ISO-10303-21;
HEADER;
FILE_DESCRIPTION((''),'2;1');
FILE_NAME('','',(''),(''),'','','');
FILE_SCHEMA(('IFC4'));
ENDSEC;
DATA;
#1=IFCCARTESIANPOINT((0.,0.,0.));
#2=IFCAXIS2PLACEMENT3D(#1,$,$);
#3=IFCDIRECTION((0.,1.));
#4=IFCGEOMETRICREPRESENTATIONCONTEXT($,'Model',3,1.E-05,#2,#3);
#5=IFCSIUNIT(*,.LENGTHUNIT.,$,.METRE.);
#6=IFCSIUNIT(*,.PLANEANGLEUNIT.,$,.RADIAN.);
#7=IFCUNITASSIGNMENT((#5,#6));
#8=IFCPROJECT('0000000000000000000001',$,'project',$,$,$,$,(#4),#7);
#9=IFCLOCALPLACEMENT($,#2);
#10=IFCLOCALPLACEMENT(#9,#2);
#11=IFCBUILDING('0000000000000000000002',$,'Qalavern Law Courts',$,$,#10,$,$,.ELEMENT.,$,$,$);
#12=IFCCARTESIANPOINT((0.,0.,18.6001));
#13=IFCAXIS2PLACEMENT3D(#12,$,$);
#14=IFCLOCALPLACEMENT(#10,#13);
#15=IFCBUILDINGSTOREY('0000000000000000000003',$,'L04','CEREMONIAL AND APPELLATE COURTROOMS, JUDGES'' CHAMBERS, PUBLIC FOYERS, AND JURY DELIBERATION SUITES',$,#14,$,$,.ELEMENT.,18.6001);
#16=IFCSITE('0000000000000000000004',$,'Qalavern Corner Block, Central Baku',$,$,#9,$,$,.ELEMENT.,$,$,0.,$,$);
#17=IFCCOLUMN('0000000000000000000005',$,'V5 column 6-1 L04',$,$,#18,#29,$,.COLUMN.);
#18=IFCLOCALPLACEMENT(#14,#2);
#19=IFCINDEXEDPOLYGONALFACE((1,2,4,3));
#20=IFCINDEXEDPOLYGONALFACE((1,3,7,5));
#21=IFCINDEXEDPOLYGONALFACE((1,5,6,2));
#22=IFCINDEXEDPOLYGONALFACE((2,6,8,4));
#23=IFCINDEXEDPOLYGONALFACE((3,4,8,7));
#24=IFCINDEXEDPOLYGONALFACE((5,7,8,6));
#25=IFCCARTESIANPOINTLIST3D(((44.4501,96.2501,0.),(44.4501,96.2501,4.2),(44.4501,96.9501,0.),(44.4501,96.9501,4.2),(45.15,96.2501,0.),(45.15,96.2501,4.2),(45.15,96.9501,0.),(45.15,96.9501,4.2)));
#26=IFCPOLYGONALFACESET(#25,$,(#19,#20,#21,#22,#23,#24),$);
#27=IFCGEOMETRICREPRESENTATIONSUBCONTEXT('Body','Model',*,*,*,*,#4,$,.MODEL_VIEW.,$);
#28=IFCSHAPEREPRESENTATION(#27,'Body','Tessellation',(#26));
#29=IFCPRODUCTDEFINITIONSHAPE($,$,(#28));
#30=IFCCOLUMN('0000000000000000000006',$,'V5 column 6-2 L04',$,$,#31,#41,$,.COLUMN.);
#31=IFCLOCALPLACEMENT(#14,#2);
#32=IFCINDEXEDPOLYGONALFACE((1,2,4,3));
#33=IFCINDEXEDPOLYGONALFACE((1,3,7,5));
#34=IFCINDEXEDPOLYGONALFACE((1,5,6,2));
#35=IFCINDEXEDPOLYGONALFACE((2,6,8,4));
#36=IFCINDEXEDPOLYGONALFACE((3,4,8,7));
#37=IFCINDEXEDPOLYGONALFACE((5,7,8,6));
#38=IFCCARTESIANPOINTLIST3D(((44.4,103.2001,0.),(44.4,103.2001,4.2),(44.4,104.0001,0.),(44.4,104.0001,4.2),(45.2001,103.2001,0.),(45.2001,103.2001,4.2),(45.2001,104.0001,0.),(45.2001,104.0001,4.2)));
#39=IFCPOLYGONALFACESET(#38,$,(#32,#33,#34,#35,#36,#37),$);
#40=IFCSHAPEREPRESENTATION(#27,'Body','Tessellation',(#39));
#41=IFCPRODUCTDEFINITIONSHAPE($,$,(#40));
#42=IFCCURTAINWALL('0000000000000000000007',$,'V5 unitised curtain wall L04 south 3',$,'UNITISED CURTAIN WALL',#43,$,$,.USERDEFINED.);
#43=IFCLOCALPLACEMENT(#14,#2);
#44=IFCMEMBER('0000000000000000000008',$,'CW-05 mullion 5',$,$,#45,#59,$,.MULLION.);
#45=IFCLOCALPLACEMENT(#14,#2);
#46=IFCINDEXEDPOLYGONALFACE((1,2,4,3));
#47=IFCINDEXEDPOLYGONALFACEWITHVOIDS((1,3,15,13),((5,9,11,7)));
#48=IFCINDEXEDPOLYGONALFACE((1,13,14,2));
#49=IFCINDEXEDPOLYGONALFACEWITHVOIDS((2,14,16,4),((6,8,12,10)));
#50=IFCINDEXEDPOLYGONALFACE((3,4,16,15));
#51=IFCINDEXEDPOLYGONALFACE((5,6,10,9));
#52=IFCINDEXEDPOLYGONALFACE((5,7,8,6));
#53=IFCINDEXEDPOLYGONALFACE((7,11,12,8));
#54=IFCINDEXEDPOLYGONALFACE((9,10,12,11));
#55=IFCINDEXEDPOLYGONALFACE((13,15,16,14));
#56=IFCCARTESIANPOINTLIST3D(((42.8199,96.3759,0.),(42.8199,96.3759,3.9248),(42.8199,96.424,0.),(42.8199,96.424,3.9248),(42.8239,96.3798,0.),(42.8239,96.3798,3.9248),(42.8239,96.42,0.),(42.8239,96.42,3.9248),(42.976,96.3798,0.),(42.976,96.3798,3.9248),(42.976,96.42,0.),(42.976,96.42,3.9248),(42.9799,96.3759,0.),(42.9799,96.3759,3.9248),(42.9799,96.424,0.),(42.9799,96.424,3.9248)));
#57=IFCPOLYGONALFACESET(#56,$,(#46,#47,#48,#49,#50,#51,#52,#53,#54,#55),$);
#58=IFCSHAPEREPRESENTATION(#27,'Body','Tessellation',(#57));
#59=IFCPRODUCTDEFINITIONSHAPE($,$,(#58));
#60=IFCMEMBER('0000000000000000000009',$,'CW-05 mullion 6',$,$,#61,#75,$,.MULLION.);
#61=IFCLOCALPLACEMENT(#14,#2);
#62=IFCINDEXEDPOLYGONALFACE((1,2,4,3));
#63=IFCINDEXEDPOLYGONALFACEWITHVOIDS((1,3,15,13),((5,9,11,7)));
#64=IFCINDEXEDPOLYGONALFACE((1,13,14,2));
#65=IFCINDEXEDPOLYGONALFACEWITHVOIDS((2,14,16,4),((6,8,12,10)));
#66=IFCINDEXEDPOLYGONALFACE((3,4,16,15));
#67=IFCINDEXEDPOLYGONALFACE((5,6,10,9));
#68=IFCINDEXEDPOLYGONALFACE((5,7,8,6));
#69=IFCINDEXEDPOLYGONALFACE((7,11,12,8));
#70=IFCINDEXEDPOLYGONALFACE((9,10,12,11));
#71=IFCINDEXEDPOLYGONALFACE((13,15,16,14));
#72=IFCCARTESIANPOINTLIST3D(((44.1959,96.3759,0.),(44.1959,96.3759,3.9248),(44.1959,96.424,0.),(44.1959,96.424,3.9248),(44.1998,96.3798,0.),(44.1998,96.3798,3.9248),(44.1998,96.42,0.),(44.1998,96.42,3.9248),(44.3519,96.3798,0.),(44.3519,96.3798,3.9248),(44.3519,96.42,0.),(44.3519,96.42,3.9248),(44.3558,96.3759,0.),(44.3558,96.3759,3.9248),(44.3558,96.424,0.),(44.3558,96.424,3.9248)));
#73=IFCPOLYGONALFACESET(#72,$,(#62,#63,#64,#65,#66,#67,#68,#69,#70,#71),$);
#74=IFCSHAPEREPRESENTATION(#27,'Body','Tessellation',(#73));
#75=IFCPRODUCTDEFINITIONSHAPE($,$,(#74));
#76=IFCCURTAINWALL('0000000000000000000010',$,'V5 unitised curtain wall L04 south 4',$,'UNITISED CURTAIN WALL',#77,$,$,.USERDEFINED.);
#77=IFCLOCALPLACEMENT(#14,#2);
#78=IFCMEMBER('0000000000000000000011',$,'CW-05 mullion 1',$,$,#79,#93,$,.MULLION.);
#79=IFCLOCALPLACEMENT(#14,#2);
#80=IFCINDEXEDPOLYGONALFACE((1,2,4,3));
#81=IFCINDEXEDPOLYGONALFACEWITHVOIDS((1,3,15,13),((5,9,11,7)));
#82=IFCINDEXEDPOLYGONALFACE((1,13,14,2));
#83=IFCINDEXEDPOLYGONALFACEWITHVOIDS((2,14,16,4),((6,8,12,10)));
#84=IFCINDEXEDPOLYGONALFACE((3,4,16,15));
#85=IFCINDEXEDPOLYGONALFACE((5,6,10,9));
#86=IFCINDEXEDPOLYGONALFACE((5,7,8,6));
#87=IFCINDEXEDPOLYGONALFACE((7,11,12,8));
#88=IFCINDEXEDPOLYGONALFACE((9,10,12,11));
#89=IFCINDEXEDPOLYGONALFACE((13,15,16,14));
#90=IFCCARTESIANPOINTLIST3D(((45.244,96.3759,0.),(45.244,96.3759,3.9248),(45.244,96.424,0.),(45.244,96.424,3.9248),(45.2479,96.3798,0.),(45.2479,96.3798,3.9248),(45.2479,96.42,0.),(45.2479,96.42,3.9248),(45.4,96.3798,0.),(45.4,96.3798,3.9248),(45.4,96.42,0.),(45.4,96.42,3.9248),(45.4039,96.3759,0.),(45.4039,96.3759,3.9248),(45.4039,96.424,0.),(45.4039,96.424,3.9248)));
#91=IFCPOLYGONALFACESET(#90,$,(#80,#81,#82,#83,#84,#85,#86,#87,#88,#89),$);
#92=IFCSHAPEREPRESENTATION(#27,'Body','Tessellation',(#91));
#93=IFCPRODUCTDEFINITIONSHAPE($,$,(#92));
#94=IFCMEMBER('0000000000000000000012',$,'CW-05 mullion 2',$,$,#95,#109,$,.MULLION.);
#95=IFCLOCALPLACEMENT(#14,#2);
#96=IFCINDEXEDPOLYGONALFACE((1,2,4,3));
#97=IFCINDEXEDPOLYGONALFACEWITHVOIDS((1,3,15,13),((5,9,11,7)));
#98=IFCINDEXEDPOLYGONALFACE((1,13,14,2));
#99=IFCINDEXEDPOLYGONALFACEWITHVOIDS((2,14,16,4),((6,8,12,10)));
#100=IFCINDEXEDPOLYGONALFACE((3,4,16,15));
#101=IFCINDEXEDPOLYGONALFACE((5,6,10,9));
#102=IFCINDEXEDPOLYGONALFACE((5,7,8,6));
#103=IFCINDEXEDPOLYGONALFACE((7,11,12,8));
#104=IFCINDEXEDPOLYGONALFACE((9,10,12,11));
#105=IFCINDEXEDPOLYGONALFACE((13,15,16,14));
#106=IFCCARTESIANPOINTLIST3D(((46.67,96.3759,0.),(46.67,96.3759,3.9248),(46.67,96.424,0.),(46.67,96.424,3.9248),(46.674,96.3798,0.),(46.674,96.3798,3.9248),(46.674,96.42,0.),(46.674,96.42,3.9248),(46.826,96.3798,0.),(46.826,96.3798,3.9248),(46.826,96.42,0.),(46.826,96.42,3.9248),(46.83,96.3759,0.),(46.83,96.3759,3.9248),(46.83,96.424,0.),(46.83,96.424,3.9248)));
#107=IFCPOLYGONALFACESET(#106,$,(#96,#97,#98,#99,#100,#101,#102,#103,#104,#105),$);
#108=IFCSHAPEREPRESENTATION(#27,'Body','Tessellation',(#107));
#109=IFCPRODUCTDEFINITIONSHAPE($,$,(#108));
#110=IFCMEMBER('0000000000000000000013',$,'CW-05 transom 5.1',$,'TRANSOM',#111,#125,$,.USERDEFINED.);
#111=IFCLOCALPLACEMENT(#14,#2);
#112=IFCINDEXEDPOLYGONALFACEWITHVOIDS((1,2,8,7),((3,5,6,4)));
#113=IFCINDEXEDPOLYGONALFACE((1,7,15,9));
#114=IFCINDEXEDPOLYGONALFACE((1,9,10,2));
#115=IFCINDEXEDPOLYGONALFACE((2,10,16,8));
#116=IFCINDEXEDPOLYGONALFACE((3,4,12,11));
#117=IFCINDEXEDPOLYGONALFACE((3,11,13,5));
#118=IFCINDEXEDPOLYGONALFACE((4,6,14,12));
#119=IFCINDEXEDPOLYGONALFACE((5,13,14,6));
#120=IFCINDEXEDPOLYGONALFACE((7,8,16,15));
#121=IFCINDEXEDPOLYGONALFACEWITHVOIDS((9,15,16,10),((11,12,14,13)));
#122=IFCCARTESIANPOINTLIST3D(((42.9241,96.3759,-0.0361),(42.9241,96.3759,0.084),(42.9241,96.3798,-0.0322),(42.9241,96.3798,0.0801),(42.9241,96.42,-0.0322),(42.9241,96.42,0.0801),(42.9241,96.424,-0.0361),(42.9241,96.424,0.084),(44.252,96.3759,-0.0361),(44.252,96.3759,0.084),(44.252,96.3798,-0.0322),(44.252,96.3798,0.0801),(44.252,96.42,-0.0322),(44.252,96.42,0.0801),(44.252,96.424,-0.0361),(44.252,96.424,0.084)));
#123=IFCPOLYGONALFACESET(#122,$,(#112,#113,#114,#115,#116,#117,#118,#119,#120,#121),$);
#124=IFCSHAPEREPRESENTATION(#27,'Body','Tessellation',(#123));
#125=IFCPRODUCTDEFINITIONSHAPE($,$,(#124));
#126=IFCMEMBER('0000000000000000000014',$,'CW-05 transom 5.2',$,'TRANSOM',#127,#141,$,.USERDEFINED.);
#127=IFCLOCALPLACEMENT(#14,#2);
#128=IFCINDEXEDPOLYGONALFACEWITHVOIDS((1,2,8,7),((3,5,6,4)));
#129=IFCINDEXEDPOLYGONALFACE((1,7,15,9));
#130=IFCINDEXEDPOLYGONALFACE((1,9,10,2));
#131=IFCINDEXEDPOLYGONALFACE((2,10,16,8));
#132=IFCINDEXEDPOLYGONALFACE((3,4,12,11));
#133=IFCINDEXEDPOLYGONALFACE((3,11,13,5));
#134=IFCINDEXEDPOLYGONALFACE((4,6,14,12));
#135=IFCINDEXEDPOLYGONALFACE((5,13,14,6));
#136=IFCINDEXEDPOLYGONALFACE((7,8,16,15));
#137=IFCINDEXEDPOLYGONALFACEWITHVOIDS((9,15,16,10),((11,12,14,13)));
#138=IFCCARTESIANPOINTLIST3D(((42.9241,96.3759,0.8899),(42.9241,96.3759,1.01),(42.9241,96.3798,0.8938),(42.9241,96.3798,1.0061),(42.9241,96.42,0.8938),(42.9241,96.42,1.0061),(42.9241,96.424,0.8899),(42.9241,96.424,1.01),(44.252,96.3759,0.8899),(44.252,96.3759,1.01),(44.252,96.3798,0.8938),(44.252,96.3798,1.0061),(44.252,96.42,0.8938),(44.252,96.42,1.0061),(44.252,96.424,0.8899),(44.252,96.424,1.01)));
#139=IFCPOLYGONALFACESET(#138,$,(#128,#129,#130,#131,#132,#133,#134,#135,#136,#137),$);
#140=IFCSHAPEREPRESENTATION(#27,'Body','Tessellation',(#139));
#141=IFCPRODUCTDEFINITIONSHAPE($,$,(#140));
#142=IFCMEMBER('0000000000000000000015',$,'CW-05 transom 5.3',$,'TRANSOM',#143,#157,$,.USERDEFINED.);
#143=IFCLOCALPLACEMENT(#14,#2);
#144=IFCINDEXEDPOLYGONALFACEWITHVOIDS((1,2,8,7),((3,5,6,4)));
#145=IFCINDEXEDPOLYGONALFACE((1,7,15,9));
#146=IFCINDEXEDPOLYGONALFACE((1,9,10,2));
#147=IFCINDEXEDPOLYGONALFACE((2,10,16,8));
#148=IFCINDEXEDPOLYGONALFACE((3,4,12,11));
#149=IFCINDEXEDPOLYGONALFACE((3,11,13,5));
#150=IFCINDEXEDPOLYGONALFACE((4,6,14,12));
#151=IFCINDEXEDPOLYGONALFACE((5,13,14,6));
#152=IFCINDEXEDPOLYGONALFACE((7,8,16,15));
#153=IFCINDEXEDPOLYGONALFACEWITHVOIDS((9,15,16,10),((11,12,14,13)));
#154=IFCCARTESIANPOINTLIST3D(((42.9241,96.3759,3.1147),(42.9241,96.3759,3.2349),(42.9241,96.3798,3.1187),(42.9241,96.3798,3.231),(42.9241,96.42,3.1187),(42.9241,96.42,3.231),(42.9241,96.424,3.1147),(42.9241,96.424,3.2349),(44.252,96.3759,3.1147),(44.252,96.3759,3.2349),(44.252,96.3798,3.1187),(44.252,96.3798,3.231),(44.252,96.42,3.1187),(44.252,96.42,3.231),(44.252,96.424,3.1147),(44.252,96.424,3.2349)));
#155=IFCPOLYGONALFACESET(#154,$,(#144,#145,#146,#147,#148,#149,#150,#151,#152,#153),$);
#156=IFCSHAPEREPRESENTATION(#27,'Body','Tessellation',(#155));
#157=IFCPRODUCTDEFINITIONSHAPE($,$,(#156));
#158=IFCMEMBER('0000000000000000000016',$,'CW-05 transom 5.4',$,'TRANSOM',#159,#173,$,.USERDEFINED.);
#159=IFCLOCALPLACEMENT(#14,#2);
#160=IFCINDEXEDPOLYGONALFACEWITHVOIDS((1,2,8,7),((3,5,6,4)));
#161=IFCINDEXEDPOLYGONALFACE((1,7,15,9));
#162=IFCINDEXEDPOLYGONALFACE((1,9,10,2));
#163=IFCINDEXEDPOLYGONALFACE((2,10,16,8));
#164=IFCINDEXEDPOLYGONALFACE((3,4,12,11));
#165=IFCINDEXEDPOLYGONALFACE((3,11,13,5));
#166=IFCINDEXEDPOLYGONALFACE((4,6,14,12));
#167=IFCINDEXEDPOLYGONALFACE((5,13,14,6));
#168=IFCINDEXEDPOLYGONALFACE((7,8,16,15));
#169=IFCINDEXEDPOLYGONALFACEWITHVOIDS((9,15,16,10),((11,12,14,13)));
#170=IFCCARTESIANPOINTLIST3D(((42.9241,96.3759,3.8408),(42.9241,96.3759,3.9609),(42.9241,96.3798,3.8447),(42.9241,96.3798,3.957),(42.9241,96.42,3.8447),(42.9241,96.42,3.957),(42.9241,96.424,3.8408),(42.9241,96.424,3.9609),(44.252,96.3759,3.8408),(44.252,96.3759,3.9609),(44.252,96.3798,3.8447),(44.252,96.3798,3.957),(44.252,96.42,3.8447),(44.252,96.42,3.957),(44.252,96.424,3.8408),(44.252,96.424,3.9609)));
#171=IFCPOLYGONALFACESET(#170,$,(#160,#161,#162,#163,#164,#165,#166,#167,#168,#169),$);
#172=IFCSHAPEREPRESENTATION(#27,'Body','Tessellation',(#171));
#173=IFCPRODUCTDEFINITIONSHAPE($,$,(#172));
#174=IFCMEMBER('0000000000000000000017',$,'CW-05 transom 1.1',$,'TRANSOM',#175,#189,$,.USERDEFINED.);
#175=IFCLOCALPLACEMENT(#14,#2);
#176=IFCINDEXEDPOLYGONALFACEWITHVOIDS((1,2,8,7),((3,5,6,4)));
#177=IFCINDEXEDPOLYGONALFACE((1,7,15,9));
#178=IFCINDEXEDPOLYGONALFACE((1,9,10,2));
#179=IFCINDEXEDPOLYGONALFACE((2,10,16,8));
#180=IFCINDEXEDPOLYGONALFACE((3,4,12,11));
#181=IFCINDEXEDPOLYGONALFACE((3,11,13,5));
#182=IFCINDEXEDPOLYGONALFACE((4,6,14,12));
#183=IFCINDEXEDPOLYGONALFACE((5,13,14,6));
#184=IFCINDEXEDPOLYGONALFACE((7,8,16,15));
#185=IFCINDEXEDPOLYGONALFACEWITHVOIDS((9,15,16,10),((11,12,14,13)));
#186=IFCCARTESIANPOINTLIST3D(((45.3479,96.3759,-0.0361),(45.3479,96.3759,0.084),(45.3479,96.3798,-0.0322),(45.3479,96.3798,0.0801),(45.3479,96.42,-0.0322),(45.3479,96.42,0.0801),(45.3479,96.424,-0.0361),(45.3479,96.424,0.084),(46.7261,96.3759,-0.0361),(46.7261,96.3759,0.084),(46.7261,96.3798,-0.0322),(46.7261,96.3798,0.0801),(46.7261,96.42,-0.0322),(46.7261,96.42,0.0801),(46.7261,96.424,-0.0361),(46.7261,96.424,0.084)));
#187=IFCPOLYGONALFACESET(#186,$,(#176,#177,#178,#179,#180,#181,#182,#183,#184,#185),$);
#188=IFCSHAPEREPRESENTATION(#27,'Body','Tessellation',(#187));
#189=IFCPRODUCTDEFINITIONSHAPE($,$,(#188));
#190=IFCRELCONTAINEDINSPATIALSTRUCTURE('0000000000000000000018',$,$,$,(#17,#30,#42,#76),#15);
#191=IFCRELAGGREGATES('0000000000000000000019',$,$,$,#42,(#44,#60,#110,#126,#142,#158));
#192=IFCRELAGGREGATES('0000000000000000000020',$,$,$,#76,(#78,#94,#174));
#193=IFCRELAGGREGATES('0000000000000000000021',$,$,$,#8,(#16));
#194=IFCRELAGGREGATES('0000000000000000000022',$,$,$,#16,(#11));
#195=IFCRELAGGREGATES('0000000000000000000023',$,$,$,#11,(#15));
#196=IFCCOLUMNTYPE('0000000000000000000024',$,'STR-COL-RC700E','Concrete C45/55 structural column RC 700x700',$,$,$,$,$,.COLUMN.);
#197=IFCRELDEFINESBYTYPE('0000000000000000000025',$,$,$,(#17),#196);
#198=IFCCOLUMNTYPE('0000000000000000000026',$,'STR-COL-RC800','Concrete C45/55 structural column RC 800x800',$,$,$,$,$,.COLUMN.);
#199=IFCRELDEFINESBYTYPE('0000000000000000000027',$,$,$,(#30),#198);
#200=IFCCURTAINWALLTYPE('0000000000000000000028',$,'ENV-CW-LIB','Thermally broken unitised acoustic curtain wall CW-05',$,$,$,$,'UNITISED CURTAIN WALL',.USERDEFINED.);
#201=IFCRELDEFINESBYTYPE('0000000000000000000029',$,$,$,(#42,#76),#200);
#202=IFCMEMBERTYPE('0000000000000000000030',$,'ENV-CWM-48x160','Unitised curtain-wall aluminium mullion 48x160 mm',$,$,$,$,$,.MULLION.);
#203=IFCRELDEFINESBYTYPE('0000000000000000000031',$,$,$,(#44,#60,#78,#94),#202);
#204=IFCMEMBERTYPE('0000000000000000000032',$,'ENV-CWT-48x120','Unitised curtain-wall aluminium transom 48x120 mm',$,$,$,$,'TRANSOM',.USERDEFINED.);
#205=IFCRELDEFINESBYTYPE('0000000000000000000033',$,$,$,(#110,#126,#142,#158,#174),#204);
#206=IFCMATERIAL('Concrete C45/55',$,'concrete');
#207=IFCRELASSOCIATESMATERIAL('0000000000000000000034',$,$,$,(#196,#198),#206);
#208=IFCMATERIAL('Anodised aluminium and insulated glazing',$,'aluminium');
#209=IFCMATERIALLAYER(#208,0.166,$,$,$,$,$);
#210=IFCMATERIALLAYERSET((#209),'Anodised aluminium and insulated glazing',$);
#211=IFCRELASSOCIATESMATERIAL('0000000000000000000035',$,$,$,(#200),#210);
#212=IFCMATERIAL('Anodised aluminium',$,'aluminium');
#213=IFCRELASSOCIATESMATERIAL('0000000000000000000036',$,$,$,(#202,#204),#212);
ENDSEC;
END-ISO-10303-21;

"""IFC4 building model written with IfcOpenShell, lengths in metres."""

from ifc_helpers import new_model, si_unit, direction, frame, origin, origin_2d, place, context, subcontext, project, spatial, rectangle, hollow_rectangle, extrude, material, layer, layer_set, material_profile, profile_set, type_object, element, aggregate, save


model = new_model("IFC4")

# Units and contexts
model_context = context("Model", 3, precision=1e-05, world=origin(), true_north=direction((0.0, 1.0)))
body_context = subcontext(model_context, "Body", "Model", "MODEL_VIEW")
ifc_project = project(units=[si_unit("LENGTHUNIT", "METRE"), si_unit("PLANEANGLEUNIT", "RADIAN")], contexts=[model_context])

# Site, building, storey
site_placement = place(None, origin())
site = spatial("IfcSite", under=ifc_project, at=site_placement, Name="Qalavern Corner Block, Central Baku", CompositionType="ELEMENT", RefElevation=0.0)
building_placement = place(site_placement, origin())
building = spatial("IfcBuilding", under=site, at=building_placement, Name="Qalavern Law Courts", CompositionType="ELEMENT")
storey_placement = place(building_placement, frame((0.0, 0.0, 18.6001)))
storey = spatial("IfcBuildingStorey", under=building, at=storey_placement, Name="L04", Description="CEREMONIAL AND APPELLATE COURTROOMS, JUDGES' CHAMBERS, PUBLIC FOYERS, AND JURY DELIBERATION SUITES", CompositionType="ELEMENT", Elevation=18.6001)

# Columns
ifc_material_1 = material(Name="Concrete C45/55", Category="concrete")
ifc_material_profile_1 = material_profile(ifc_material_1, rectangle(XDim=0.7, YDim=0.7, at=origin_2d()), Name="RC 700x700")
ifc_profile_set_1 = profile_set([ifc_material_profile_1], Name="Concrete C45/55")
column_type_1 = type_object("IfcColumnType", Name="STR-COL-RC700E", Description="Concrete C45/55 structural column RC 700x700", PredefinedType="COLUMN", material=ifc_profile_set_1)
column_1_placement = place(storey_placement, frame((44.8, 96.6001, 0.0), z_axis=(0.0, 0.0, 1.0), x_axis=(1.0, 0.0, 0.0)))
element("IfcColumn", 1, at=column_1_placement, inside=storey, type_object=column_type_1, Name="V5 column 6-1 L04", PredefinedType="COLUMN", context=body_context, shape_type="SweptSolid", body=[
    extrude(rectangle(XDim=0.7, YDim=0.7, at=origin_2d()), origin(), (0.0, 0.0, 1.0), 4.2),
])
ifc_material_profile_2 = material_profile(ifc_material_1, rectangle(XDim=0.8, YDim=0.8, at=origin_2d()), Name="RC 800x800")
ifc_profile_set_2 = profile_set([ifc_material_profile_2], Name="Concrete C45/55")
column_type_2 = type_object("IfcColumnType", Name="STR-COL-RC800", Description="Concrete C45/55 structural column RC 800x800", PredefinedType="COLUMN", material=ifc_profile_set_2)
column_2_placement = place(storey_placement, frame((44.8, 103.6001, 0.0), z_axis=(0.0, 0.0, 1.0), x_axis=(1.0, 0.0, 0.0)))
element("IfcColumn", 2, at=column_2_placement, inside=storey, type_object=column_type_2, Name="V5 column 6-2 L04", PredefinedType="COLUMN", context=body_context, shape_type="SweptSolid", body=[
    extrude(rectangle(XDim=0.8, YDim=0.8, at=origin_2d()), origin(), (0.0, 0.0, 1.0), 4.2),
])

# Curtain walls, members
ifc_material_2 = material(Name="Anodised aluminium and insulated glazing", Category="aluminium")
ifc_layer_1 = layer(ifc_material_2, 0.166)
ifc_layer_set_1 = layer_set([ifc_layer_1], Name="Anodised aluminium and insulated glazing")
curtain_wall_type = type_object("IfcCurtainWallType", Name="ENV-CW-LIB", Description="Thermally broken unitised acoustic curtain wall CW-05", ElementType="UNITISED CURTAIN WALL", PredefinedType="USERDEFINED", material=ifc_layer_set_1)
curtain_wall_1_placement = place(storey_placement, origin())
curtain_wall_1 = element("IfcCurtainWall", 3, at=curtain_wall_1_placement, inside=storey, type_object=curtain_wall_type, Name="V5 unitised curtain wall L04 south 3", ObjectType="UNITISED CURTAIN WALL", PredefinedType="USERDEFINED")
ifc_material_3 = material(Name="Anodised aluminium", Category="aluminium")
ifc_material_profile_3 = material_profile(ifc_material_3, hollow_rectangle(XDim=0.0481, YDim=0.1599, WallThickness=0.0039, at=origin_2d()), Name="ALU MULLION 48x160")
ifc_profile_set_3 = profile_set([ifc_material_profile_3], Name="Anodised aluminium")
member_type_1 = type_object("IfcMemberType", Name="ENV-CWM-48x160", Description="Unitised curtain-wall aluminium mullion 48x160 mm", PredefinedType="MULLION", material=ifc_profile_set_3)
member_1_placement = place(storey_placement, frame((42.8999, 96.3999, 0.0), z_axis=(0.0, 0.0, 1.0), x_axis=(0.0, 1.0, 0.0)))
member_1 = element("IfcMember", 4, at=member_1_placement, type_object=member_type_1, Name="CW-05 mullion 5", PredefinedType="MULLION", context=body_context, shape_type="SweptSolid", body=[
    extrude(hollow_rectangle(XDim=0.0481, YDim=0.1599, WallThickness=0.0039, at=origin_2d()), origin(), (0.0, 0.0, 1.0), 3.9248),
])
member_2_placement = place(storey_placement, frame((44.2759, 96.3999, 0.0), z_axis=(0.0, 0.0, 1.0), x_axis=(0.0, 1.0, 0.0)))
member_2 = element("IfcMember", 5, at=member_2_placement, type_object=member_type_1, Name="CW-05 mullion 6", PredefinedType="MULLION", context=body_context, shape_type="SweptSolid", body=[
    extrude(hollow_rectangle(XDim=0.0481, YDim=0.1599, WallThickness=0.0039, at=origin_2d()), origin(), (0.0, 0.0, 1.0), 3.9248),
])
curtain_wall_2_placement = place(storey_placement, origin())
curtain_wall_2 = element("IfcCurtainWall", 6, at=curtain_wall_2_placement, inside=storey, type_object=curtain_wall_type, Name="V5 unitised curtain wall L04 south 4", ObjectType="UNITISED CURTAIN WALL", PredefinedType="USERDEFINED")
member_3_placement = place(storey_placement, frame((45.324, 96.3999, 0.0), z_axis=(0.0, 0.0, 1.0), x_axis=(0.0, 1.0, 0.0)))
member_3 = element("IfcMember", 7, at=member_3_placement, type_object=member_type_1, Name="CW-05 mullion 1", PredefinedType="MULLION", context=body_context, shape_type="SweptSolid", body=[
    extrude(hollow_rectangle(XDim=0.0481, YDim=0.1599, WallThickness=0.0039, at=origin_2d()), origin(), (0.0, 0.0, 1.0), 3.9248),
])
member_4_placement = place(storey_placement, frame((46.75, 96.3999, 0.0), z_axis=(0.0, 0.0, 1.0), x_axis=(0.0, 1.0, 0.0)))
member_4 = element("IfcMember", 8, at=member_4_placement, type_object=member_type_1, Name="CW-05 mullion 2", PredefinedType="MULLION", context=body_context, shape_type="SweptSolid", body=[
    extrude(hollow_rectangle(XDim=0.0481, YDim=0.1599, WallThickness=0.0039, at=origin_2d()), origin(), (0.0, 0.0, 1.0), 3.9248),
])

# Members
ifc_material_profile_4 = material_profile(ifc_material_3, hollow_rectangle(XDim=0.0481, YDim=0.1201, WallThickness=0.0039, at=origin_2d()), Name="ALU TRANSOM 48x120")
ifc_profile_set_4 = profile_set([ifc_material_profile_4], Name="Anodised aluminium")
member_type_2 = type_object("IfcMemberType", Name="ENV-CWT-48x120", Description="Unitised curtain-wall aluminium transom 48x120 mm", ElementType="TRANSOM", PredefinedType="USERDEFINED", material=ifc_profile_set_4)
member_5_placement = place(storey_placement, frame((42.9241, 96.3999, 0.0239), z_axis=(1.0, 0.0, 0.0), x_axis=(0.0, 1.0, 0.0)))
member_5 = element("IfcMember", 9, at=member_5_placement, type_object=member_type_2, Name="CW-05 transom 5.1", ObjectType="TRANSOM", PredefinedType="USERDEFINED", context=body_context, shape_type="SweptSolid", body=[
    extrude(hollow_rectangle(XDim=0.0481, YDim=0.1201, WallThickness=0.0039, at=origin_2d()), origin(), (0.0, 0.0, 1.0), 1.3279),
])
member_6_placement = place(storey_placement, frame((42.9241, 96.3999, 0.95), z_axis=(1.0, 0.0, 0.0), x_axis=(0.0, 1.0, 0.0)))
member_6 = element("IfcMember", 10, at=member_6_placement, type_object=member_type_2, Name="CW-05 transom 5.2", ObjectType="TRANSOM", PredefinedType="USERDEFINED", context=body_context, shape_type="SweptSolid", body=[
    extrude(hollow_rectangle(XDim=0.0481, YDim=0.1201, WallThickness=0.0039, at=origin_2d()), origin(), (0.0, 0.0, 1.0), 1.3279),
])
member_7_placement = place(storey_placement, frame((42.9241, 96.3999, 3.1748), z_axis=(1.0, 0.0, 0.0), x_axis=(0.0, 1.0, 0.0)))
member_7 = element("IfcMember", 11, at=member_7_placement, type_object=member_type_2, Name="CW-05 transom 5.3", ObjectType="TRANSOM", PredefinedType="USERDEFINED", context=body_context, shape_type="SweptSolid", body=[
    extrude(hollow_rectangle(XDim=0.0481, YDim=0.1201, WallThickness=0.0039, at=origin_2d()), origin(), (0.0, 0.0, 1.0), 1.3279),
])
member_8_placement = place(storey_placement, frame((42.9241, 96.3999, 3.9009), z_axis=(1.0, 0.0, 0.0), x_axis=(0.0, 1.0, 0.0)))
member_8 = element("IfcMember", 12, at=member_8_placement, type_object=member_type_2, Name="CW-05 transom 5.4", ObjectType="TRANSOM", PredefinedType="USERDEFINED", context=body_context, shape_type="SweptSolid", body=[
    extrude(hollow_rectangle(XDim=0.0481, YDim=0.1201, WallThickness=0.0039, at=origin_2d()), origin(), (0.0, 0.0, 1.0), 1.3279),
])
member_9_placement = place(storey_placement, frame((45.3479, 96.3999, 0.0239), z_axis=(1.0, 0.0, 0.0), x_axis=(0.0, 1.0, 0.0)))
member_9 = element("IfcMember", 13, at=member_9_placement, type_object=member_type_2, Name="CW-05 transom 1.1", ObjectType="TRANSOM", PredefinedType="USERDEFINED", context=body_context, shape_type="SweptSolid", body=[
    extrude(hollow_rectangle(XDim=0.0481, YDim=0.1201, WallThickness=0.0039, at=origin_2d()), origin(), (0.0, 0.0, 1.0), 1.3782),
])

aggregate(curtain_wall_1, [member_1, member_2, member_5, member_6, member_7, member_8])
aggregate(curtain_wall_2, [member_3, member_4, member_9])

save(model, "model.ifc")
